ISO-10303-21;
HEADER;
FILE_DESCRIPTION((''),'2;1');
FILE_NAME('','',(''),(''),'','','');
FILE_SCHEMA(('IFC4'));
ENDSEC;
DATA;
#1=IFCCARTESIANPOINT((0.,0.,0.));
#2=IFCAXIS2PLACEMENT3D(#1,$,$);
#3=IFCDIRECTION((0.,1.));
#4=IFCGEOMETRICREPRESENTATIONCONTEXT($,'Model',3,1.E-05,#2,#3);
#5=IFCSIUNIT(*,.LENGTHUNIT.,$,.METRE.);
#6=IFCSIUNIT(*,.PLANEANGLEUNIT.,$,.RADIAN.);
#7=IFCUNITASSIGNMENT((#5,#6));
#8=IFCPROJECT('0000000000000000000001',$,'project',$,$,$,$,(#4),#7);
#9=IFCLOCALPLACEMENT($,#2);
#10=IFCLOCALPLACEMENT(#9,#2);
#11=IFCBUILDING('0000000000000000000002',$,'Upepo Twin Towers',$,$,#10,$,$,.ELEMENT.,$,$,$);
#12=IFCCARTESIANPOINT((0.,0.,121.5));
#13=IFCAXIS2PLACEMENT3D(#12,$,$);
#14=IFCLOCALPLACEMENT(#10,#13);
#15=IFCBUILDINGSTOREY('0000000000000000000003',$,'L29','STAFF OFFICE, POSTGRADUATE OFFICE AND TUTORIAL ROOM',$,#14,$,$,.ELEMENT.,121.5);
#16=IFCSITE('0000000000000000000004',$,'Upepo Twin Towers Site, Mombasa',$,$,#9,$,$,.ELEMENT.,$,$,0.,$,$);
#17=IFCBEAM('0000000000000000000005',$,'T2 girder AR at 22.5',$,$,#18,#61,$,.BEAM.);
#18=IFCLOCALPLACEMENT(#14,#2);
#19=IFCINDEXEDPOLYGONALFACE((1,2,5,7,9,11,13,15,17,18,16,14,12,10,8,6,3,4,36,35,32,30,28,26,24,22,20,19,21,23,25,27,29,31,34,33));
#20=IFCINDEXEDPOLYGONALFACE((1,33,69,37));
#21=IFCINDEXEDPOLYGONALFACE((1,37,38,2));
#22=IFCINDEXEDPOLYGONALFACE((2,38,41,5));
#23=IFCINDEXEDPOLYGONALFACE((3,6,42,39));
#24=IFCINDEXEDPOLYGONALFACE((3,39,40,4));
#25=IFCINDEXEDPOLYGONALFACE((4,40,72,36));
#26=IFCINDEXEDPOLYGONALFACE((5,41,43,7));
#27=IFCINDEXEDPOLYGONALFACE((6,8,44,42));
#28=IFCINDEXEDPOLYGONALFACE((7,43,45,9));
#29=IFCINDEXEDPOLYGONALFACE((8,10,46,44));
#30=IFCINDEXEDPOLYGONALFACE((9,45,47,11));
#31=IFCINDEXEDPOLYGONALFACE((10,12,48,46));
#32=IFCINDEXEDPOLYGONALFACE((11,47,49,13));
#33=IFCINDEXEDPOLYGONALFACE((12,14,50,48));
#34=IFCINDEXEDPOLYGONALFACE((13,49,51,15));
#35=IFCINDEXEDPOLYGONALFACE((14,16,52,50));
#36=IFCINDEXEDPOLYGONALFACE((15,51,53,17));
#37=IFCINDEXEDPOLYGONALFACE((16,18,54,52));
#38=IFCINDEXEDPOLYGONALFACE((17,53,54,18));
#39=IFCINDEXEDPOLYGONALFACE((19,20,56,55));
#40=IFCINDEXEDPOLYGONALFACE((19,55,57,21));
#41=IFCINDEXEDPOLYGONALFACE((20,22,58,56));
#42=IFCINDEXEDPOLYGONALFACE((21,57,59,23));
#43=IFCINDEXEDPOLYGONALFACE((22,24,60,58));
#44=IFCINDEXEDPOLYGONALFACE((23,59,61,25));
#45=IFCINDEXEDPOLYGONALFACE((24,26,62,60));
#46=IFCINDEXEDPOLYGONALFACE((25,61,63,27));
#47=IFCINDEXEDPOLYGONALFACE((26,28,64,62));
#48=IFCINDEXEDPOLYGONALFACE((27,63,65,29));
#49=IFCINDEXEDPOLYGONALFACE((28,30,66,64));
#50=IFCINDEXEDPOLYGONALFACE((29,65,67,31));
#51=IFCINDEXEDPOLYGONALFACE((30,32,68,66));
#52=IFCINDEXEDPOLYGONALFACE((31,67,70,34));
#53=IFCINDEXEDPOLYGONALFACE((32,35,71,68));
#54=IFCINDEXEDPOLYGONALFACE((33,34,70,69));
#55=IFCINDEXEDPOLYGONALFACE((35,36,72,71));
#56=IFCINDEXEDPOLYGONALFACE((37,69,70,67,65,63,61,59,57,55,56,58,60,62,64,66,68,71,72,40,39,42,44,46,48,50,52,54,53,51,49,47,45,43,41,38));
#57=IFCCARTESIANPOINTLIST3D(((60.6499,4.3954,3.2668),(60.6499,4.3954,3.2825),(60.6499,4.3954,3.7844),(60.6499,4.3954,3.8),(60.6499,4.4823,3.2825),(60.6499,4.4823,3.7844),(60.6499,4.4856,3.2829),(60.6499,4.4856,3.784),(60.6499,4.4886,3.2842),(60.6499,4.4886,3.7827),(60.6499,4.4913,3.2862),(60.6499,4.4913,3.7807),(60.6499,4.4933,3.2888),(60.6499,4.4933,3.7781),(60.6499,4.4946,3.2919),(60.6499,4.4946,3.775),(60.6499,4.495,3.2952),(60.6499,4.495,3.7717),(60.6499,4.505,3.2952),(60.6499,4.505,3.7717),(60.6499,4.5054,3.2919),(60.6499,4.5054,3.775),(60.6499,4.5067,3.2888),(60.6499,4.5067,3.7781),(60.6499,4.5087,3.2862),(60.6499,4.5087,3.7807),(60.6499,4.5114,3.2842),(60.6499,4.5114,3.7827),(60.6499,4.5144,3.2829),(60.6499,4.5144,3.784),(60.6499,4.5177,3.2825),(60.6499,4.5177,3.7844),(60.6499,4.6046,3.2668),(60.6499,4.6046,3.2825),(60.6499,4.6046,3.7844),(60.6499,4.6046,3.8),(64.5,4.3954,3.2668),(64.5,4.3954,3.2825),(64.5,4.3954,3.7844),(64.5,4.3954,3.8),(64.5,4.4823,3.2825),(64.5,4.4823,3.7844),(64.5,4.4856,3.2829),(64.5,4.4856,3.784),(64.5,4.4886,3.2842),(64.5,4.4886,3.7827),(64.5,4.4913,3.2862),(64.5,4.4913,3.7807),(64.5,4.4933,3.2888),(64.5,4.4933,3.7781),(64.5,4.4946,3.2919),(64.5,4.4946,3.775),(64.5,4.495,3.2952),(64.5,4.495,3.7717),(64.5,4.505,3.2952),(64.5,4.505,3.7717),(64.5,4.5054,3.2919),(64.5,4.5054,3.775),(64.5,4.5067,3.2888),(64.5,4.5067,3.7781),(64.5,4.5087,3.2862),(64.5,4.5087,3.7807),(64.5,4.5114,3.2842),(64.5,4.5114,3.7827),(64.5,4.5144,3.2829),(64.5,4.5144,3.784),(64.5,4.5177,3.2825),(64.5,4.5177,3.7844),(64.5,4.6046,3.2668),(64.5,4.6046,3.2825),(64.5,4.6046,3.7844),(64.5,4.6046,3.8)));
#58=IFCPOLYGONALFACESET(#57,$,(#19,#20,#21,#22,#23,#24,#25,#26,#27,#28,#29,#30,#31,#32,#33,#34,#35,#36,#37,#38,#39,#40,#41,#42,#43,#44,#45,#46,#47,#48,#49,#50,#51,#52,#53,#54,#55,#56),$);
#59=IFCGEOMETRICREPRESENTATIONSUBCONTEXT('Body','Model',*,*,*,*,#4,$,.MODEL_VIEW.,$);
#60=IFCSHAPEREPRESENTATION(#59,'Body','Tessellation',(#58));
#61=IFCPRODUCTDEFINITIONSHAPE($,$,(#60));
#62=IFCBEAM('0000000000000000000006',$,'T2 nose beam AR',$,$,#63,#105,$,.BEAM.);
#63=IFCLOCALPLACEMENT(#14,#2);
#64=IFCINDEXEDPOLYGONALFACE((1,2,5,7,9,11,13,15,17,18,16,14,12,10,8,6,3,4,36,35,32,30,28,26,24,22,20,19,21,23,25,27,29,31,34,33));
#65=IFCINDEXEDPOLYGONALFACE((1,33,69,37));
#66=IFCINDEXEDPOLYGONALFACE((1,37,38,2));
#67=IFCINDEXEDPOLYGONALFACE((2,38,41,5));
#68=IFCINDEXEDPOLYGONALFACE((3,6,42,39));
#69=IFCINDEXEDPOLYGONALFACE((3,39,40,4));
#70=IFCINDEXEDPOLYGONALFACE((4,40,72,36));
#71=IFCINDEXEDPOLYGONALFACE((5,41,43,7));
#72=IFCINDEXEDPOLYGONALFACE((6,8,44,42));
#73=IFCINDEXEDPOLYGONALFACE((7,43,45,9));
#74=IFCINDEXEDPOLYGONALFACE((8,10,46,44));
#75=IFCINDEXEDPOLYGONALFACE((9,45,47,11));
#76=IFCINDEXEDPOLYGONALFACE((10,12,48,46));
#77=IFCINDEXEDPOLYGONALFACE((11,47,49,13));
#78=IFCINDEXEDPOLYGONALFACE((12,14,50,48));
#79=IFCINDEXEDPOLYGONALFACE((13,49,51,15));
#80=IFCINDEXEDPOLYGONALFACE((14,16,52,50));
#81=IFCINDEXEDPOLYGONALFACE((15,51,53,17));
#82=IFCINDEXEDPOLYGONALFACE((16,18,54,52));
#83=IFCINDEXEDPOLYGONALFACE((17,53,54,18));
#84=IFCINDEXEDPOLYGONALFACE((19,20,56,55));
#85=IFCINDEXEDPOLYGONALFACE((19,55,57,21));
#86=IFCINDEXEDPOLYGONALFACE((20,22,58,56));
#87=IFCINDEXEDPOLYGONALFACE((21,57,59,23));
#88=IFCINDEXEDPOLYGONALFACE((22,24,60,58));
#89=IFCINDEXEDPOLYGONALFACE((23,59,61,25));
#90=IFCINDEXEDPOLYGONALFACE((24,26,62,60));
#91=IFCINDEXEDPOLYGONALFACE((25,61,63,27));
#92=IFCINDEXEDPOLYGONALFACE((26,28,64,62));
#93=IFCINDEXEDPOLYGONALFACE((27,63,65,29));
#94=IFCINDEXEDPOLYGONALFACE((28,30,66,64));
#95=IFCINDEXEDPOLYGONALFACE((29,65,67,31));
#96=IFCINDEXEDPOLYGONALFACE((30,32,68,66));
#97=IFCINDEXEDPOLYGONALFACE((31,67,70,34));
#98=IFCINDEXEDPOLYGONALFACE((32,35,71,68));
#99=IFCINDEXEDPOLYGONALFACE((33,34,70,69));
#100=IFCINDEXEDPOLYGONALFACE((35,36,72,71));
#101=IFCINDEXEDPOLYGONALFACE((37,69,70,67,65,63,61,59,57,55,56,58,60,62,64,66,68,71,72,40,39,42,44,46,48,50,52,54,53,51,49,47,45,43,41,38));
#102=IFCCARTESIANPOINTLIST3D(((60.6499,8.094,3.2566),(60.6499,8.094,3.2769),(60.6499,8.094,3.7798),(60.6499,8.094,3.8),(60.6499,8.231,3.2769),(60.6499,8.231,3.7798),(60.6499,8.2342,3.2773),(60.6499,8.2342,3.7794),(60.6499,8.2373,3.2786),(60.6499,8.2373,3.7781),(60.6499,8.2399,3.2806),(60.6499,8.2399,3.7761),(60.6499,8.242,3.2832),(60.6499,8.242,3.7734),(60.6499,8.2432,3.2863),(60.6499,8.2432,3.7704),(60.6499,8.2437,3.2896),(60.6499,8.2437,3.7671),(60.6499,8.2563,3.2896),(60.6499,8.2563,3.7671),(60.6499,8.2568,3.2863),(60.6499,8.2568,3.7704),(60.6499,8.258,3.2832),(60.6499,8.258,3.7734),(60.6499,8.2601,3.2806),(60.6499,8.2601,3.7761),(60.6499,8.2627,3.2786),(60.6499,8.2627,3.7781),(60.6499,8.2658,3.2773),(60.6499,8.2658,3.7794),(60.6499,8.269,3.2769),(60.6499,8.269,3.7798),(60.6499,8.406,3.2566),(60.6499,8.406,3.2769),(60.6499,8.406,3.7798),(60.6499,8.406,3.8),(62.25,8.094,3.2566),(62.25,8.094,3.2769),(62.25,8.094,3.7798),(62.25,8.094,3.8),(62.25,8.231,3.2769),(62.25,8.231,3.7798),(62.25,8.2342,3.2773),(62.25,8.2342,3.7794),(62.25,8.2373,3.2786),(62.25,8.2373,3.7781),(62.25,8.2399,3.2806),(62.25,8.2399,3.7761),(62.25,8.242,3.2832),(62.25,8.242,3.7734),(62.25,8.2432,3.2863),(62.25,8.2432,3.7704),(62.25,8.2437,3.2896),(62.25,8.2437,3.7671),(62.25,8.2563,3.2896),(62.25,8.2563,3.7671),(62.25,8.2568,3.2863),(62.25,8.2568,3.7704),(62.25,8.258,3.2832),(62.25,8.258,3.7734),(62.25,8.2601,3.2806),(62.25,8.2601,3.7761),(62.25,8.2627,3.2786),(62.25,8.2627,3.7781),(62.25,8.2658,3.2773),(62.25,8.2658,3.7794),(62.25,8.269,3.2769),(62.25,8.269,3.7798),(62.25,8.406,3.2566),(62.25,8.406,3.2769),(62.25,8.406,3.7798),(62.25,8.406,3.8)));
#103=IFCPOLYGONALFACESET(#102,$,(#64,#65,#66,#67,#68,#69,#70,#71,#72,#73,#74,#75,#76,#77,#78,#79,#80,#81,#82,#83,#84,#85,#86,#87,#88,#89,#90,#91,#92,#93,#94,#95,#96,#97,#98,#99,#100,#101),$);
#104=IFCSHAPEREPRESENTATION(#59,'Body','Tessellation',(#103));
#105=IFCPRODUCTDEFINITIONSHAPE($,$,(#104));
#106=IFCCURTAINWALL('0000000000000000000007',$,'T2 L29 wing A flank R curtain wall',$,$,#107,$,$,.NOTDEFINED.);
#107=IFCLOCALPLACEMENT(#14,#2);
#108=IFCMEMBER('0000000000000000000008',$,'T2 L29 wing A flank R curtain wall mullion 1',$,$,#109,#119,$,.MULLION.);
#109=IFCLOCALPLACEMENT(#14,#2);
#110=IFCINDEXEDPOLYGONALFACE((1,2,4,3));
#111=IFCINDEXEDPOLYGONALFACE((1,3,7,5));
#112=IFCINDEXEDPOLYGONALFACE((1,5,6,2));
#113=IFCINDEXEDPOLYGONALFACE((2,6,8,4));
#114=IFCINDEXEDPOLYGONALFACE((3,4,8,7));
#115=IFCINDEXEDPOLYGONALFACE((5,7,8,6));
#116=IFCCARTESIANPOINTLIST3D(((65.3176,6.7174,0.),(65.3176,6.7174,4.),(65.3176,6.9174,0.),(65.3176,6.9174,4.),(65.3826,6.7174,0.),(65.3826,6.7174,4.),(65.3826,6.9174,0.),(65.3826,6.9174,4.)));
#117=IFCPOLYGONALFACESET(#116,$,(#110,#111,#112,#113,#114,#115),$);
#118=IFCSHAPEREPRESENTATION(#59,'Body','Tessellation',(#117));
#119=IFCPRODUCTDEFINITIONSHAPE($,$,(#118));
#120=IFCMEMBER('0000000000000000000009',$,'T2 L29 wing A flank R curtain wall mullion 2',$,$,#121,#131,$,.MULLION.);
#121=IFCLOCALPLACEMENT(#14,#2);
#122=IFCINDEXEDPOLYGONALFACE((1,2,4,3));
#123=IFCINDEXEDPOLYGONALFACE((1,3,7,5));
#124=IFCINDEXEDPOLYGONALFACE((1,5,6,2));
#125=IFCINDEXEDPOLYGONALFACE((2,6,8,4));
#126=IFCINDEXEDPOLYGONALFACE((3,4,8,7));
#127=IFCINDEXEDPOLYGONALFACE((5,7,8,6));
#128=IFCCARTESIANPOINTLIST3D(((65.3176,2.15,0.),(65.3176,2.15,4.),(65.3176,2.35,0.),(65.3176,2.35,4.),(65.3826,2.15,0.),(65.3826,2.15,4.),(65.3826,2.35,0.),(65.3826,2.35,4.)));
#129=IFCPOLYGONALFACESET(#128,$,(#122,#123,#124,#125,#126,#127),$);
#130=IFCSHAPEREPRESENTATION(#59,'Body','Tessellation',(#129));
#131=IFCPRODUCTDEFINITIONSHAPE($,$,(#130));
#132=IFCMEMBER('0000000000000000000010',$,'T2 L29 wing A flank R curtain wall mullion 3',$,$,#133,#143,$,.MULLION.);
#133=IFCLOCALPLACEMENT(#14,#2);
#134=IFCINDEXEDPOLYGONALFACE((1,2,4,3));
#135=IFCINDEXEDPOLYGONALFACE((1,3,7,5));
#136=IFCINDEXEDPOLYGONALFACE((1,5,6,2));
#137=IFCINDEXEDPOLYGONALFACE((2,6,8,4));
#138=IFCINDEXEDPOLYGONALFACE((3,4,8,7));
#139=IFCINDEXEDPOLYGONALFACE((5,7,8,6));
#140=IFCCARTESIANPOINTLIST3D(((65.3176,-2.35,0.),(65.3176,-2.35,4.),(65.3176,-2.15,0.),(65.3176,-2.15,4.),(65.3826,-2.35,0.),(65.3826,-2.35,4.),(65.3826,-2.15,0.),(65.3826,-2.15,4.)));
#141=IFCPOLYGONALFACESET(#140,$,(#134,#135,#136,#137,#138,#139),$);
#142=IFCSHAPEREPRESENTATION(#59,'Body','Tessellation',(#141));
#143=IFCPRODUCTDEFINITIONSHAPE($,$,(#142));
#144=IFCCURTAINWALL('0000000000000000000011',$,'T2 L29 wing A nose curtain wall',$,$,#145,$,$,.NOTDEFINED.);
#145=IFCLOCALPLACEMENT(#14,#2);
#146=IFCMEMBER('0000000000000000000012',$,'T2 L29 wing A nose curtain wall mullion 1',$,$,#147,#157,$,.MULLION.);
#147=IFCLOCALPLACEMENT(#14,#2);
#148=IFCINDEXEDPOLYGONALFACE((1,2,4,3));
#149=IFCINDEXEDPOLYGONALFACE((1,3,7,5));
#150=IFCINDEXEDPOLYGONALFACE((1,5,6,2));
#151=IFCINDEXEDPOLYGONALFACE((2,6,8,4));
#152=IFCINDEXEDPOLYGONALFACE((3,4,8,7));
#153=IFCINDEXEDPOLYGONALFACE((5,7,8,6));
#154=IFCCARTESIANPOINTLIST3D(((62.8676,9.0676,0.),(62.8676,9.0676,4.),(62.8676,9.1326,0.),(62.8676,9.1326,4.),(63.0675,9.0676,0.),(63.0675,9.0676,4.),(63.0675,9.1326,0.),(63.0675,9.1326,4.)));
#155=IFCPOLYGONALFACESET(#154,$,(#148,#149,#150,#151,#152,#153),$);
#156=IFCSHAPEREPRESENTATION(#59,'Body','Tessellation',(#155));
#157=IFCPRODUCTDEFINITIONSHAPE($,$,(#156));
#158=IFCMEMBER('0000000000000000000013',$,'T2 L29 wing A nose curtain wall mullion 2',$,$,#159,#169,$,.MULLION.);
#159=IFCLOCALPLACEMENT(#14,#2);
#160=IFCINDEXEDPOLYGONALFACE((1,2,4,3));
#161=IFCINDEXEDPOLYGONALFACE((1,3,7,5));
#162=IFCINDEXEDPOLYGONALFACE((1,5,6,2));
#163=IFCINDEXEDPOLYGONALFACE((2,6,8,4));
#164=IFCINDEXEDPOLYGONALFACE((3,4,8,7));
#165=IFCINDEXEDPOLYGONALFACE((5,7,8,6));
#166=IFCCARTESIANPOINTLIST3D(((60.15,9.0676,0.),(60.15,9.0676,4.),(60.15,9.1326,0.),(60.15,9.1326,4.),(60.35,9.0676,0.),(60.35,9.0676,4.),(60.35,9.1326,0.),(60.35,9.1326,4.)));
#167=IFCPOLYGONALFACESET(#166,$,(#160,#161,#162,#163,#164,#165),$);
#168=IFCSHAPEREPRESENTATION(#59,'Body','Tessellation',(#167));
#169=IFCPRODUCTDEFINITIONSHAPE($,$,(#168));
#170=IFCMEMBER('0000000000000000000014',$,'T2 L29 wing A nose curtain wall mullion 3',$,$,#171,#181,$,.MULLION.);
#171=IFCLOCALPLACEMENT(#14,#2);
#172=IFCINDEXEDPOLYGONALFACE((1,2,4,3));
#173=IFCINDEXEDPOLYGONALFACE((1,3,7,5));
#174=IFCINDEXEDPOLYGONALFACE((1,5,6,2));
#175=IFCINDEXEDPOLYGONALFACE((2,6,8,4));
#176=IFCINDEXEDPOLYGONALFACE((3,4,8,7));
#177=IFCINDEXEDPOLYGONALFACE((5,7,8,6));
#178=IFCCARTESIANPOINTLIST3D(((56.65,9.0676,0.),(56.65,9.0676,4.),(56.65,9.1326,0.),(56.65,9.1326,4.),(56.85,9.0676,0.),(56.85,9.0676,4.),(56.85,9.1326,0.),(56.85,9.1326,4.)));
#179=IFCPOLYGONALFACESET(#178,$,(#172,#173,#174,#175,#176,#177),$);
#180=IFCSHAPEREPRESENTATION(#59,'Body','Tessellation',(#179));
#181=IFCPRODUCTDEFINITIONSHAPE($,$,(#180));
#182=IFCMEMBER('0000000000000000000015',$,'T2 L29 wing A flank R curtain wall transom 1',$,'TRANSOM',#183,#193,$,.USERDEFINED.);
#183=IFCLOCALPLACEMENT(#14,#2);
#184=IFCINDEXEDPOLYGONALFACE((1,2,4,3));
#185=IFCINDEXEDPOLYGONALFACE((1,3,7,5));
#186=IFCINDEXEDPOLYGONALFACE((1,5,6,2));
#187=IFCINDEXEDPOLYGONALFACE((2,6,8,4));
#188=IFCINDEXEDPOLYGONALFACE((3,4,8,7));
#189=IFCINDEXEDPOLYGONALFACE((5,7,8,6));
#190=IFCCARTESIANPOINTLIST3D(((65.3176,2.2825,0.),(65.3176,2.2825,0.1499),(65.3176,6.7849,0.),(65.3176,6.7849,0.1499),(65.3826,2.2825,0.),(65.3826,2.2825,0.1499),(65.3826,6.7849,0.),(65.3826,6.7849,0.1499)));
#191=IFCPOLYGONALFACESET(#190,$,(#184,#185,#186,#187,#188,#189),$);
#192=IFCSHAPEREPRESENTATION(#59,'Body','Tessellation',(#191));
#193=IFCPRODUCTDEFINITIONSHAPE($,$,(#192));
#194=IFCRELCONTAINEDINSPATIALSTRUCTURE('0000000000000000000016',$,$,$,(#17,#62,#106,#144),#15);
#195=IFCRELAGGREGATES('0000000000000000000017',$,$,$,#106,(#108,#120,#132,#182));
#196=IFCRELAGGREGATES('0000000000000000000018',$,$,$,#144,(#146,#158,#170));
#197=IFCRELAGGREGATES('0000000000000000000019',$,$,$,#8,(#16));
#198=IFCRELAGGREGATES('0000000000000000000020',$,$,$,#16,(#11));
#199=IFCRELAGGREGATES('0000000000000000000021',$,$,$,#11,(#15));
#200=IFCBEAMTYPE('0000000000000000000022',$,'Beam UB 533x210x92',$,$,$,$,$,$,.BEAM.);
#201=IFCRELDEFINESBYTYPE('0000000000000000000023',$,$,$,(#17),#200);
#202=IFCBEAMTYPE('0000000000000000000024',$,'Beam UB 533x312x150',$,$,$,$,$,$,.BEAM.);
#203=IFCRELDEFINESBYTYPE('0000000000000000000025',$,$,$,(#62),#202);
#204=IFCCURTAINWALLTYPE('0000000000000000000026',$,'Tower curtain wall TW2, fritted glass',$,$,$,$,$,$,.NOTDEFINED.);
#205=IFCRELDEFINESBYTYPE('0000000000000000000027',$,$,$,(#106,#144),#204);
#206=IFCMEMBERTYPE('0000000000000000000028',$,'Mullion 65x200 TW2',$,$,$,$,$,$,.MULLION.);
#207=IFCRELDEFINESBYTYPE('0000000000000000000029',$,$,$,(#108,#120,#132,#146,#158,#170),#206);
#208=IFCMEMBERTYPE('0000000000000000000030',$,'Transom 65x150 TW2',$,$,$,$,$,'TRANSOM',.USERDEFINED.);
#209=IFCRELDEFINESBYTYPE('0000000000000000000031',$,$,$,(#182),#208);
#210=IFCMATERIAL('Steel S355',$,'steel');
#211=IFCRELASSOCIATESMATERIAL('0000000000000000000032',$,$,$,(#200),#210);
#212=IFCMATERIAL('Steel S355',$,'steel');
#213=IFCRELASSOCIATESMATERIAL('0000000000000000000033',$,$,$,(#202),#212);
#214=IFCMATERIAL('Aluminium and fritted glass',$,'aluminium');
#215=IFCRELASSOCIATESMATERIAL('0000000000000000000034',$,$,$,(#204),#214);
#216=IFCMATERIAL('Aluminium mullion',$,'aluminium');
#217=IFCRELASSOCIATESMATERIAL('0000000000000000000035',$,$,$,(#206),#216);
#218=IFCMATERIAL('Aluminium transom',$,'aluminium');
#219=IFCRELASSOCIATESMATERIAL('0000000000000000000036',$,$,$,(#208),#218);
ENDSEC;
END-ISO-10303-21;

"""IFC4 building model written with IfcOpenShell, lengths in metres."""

from ifc_helpers import new_model, si_unit, direction, frame, origin, origin_2d, place, context, subcontext, project, spatial, rectangle, i_section, extrude, material, material_profile, profile_set, type_object, element, aggregate, save


model = new_model("IFC4")

# Units and contexts
model_context = context("Model", 3, precision=1e-05, world=origin(), true_north=direction((0.0, 1.0)))
body_context = subcontext(model_context, "Body", "Model", "MODEL_VIEW")
ifc_project = project(units=[si_unit("LENGTHUNIT", "METRE"), si_unit("PLANEANGLEUNIT", "RADIAN")], contexts=[model_context])

# Site, building, storey
site_placement = place(None, origin())
site = spatial("IfcSite", under=ifc_project, at=site_placement, Name="Upepo Twin Towers Site, Mombasa", CompositionType="ELEMENT", RefElevation=0.0)
building_placement = place(site_placement, origin())
building = spatial("IfcBuilding", under=site, at=building_placement, Name="Upepo Twin Towers", CompositionType="ELEMENT")
storey_placement = place(building_placement, frame((0.0, 0.0, 121.5)))
storey = spatial("IfcBuildingStorey", under=building, at=storey_placement, Name="L29", Description="STAFF OFFICE, POSTGRADUATE OFFICE AND TUTORIAL ROOM", CompositionType="ELEMENT", Elevation=121.5)

# Beams
ifc_material_1 = material(Name="Steel S355", Category="steel")
ifc_material_profile_1 = material_profile(ifc_material_1, i_section(OverallWidth=0.2092, OverallDepth=0.5332, WebThickness=0.01, FlangeThickness=0.0156, FilletRadius=0.0127, at=origin_2d()), Name="UB 533x210x92")
ifc_profile_set_1 = profile_set([ifc_material_profile_1], Name="Steel S355")
beam_type_1 = type_object("IfcBeamType", Name="Beam UB 533x210x92", PredefinedType="BEAM", material=ifc_profile_set_1)
for number, where, z_axis, x_axis, name in (
    (1, (64.5, 4.5, 3.5334), (-1.0, 0.0, 0.0), (0.0, -1.0, 0.0), "T2 girder AR at 22.5"),
):
    element("IfcBeam", number, at=place(storey_placement, frame(where, z_axis=z_axis, x_axis=x_axis)), inside=storey, type_object=beam_type_1, Name=name, PredefinedType="BEAM", context=body_context, shape_type="SweptSolid", body=[
        extrude(i_section(OverallWidth=0.2092, OverallDepth=0.5332, WebThickness=0.01, FlangeThickness=0.0156, FilletRadius=0.0127, at=origin_2d()), origin(), (0.0, 0.0, 1.0), 3.8501),
    ])
ifc_material_2 = material(Name="Steel S355", Category="steel")
ifc_material_profile_2 = material_profile(ifc_material_2, i_section(OverallWidth=0.312, OverallDepth=0.5435, WebThickness=0.0127, FlangeThickness=0.0203, FilletRadius=0.0127, at=origin_2d()), Name="UB 533x312x150")
ifc_profile_set_2 = profile_set([ifc_material_profile_2], Name="Steel S355")
beam_type_2 = type_object("IfcBeamType", Name="Beam UB 533x312x150", PredefinedType="BEAM", material=ifc_profile_set_2)
beam_1_placement = place(storey_placement, frame((62.25, 8.25, 3.5283), z_axis=(-1.0, 0.0, 0.0), x_axis=(0.0, -1.0, 0.0)))
element("IfcBeam", 2, at=beam_1_placement, inside=storey, type_object=beam_type_2, Name="T2 nose beam AR", PredefinedType="BEAM", context=body_context, shape_type="SweptSolid", body=[
    extrude(i_section(OverallWidth=0.312, OverallDepth=0.5435, WebThickness=0.0127, FlangeThickness=0.0203, FilletRadius=0.0127, at=origin_2d()), origin(), (0.0, 0.0, 1.0), 1.6001),
])

# Curtain walls, members
ifc_material_3 = material(Name="Aluminium and fritted glass", Category="aluminium")
curtain_wall_type = type_object("IfcCurtainWallType", Name="Tower curtain wall TW2, fritted glass", PredefinedType="NOTDEFINED", material=ifc_material_3)
curtain_wall_1_placement = place(storey_placement, origin())
curtain_wall_1 = element("IfcCurtainWall", 3, at=curtain_wall_1_placement, inside=storey, type_object=curtain_wall_type, Name="T2 L29 wing A flank R curtain wall", PredefinedType="NOTDEFINED")
ifc_material_4 = material(Name="Aluminium mullion", Category="aluminium")
ifc_material_profile_3 = material_profile(ifc_material_4, rectangle(XDim=0.0649, YDim=0.2, at=origin_2d()), Name="MULLION 65x200")
ifc_profile_set_3 = profile_set([ifc_material_profile_3], Name="Aluminium mullion")
member_type_1 = type_object("IfcMemberType", Name="Mullion 65x200 TW2", PredefinedType="MULLION", material=ifc_profile_set_3)
member_1_placement = place(storey_placement, frame((65.3501, 6.8174, 0.0), z_axis=(0.0, 0.0, 1.0), x_axis=(1.0, 0.0, 0.0)))
member_1 = element("IfcMember", 4, at=member_1_placement, type_object=member_type_1, Name="T2 L29 wing A flank R curtain wall mullion 1", PredefinedType="MULLION", context=body_context, shape_type="SweptSolid", body=[
    extrude(rectangle(XDim=0.0649, YDim=0.2, at=origin_2d()), origin(), (0.0, 0.0, 1.0), 4.0),
])
member_2_placement = place(storey_placement, frame((65.3501, 2.25, 0.0), z_axis=(0.0, 0.0, 1.0), x_axis=(1.0, 0.0, 0.0)))
member_2 = element("IfcMember", 5, at=member_2_placement, type_object=member_type_1, Name="T2 L29 wing A flank R curtain wall mullion 2", PredefinedType="MULLION", context=body_context, shape_type="SweptSolid", body=[
    extrude(rectangle(XDim=0.0649, YDim=0.2, at=origin_2d()), origin(), (0.0, 0.0, 1.0), 4.0),
])
member_3_placement = place(storey_placement, frame((65.3501, -2.25, 0.0), z_axis=(0.0, 0.0, 1.0), x_axis=(1.0, 0.0, 0.0)))
member_3 = element("IfcMember", 6, at=member_3_placement, type_object=member_type_1, Name="T2 L29 wing A flank R curtain wall mullion 3", PredefinedType="MULLION", context=body_context, shape_type="SweptSolid", body=[
    extrude(rectangle(XDim=0.0649, YDim=0.2, at=origin_2d()), origin(), (0.0, 0.0, 1.0), 4.0),
])
curtain_wall_2_placement = place(storey_placement, origin())
curtain_wall_2 = element("IfcCurtainWall", 7, at=curtain_wall_2_placement, inside=storey, type_object=curtain_wall_type, Name="T2 L29 wing A nose curtain wall", PredefinedType="NOTDEFINED")
member_4_placement = place(storey_placement, frame((62.9675, 9.1001, 0.0), z_axis=(0.0, 0.0, 1.0), x_axis=(0.0, -1.0, 0.0)))
member_4 = element("IfcMember", 8, at=member_4_placement, type_object=member_type_1, Name="T2 L29 wing A nose curtain wall mullion 1", PredefinedType="MULLION", context=body_context, shape_type="SweptSolid", body=[
    extrude(rectangle(XDim=0.0649, YDim=0.2, at=origin_2d()), origin(), (0.0, 0.0, 1.0), 4.0),
])
member_5_placement = place(storey_placement, frame((60.25, 9.1001, 0.0), z_axis=(0.0, 0.0, 1.0), x_axis=(0.0, -1.0, 0.0)))
member_5 = element("IfcMember", 9, at=member_5_placement, type_object=member_type_1, Name="T2 L29 wing A nose curtain wall mullion 2", PredefinedType="MULLION", context=body_context, shape_type="SweptSolid", body=[
    extrude(rectangle(XDim=0.0649, YDim=0.2, at=origin_2d()), origin(), (0.0, 0.0, 1.0), 4.0),
])
member_6_placement = place(storey_placement, frame((56.75, 9.1001, 0.0), z_axis=(0.0, 0.0, 1.0), x_axis=(0.0, -1.0, 0.0)))
member_6 = element("IfcMember", 10, at=member_6_placement, type_object=member_type_1, Name="T2 L29 wing A nose curtain wall mullion 3", PredefinedType="MULLION", context=body_context, shape_type="SweptSolid", body=[
    extrude(rectangle(XDim=0.0649, YDim=0.2, at=origin_2d()), origin(), (0.0, 0.0, 1.0), 4.0),
])

# Member
ifc_material_5 = material(Name="Aluminium transom", Category="aluminium")
ifc_material_profile_4 = material_profile(ifc_material_5, rectangle(XDim=0.0649, YDim=0.1499, at=origin_2d()), Name="TRANSOM 65x150")
ifc_profile_set_4 = profile_set([ifc_material_profile_4], Name="Aluminium transom")
member_type_2 = type_object("IfcMemberType", Name="Transom 65x150 TW2", ElementType="TRANSOM", PredefinedType="USERDEFINED", material=ifc_profile_set_4)
member_7_placement = place(storey_placement, frame((65.3501, 6.7849, 0.075), z_axis=(0.0, -1.0, 0.0), x_axis=(1.0, 0.0, 0.0)))
member_7 = element("IfcMember", 11, at=member_7_placement, type_object=member_type_2, Name="T2 L29 wing A flank R curtain wall transom 1", ObjectType="TRANSOM", PredefinedType="USERDEFINED", context=body_context, shape_type="SweptSolid", body=[
    extrude(rectangle(XDim=0.0649, YDim=0.1499, at=origin_2d()), origin(), (0.0, 0.0, 1.0), 4.5024),
])

aggregate(curtain_wall_1, [member_1, member_2, member_3, member_7])
aggregate(curtain_wall_2, [member_4, member_5, member_6])

save(model, "model.ifc")
